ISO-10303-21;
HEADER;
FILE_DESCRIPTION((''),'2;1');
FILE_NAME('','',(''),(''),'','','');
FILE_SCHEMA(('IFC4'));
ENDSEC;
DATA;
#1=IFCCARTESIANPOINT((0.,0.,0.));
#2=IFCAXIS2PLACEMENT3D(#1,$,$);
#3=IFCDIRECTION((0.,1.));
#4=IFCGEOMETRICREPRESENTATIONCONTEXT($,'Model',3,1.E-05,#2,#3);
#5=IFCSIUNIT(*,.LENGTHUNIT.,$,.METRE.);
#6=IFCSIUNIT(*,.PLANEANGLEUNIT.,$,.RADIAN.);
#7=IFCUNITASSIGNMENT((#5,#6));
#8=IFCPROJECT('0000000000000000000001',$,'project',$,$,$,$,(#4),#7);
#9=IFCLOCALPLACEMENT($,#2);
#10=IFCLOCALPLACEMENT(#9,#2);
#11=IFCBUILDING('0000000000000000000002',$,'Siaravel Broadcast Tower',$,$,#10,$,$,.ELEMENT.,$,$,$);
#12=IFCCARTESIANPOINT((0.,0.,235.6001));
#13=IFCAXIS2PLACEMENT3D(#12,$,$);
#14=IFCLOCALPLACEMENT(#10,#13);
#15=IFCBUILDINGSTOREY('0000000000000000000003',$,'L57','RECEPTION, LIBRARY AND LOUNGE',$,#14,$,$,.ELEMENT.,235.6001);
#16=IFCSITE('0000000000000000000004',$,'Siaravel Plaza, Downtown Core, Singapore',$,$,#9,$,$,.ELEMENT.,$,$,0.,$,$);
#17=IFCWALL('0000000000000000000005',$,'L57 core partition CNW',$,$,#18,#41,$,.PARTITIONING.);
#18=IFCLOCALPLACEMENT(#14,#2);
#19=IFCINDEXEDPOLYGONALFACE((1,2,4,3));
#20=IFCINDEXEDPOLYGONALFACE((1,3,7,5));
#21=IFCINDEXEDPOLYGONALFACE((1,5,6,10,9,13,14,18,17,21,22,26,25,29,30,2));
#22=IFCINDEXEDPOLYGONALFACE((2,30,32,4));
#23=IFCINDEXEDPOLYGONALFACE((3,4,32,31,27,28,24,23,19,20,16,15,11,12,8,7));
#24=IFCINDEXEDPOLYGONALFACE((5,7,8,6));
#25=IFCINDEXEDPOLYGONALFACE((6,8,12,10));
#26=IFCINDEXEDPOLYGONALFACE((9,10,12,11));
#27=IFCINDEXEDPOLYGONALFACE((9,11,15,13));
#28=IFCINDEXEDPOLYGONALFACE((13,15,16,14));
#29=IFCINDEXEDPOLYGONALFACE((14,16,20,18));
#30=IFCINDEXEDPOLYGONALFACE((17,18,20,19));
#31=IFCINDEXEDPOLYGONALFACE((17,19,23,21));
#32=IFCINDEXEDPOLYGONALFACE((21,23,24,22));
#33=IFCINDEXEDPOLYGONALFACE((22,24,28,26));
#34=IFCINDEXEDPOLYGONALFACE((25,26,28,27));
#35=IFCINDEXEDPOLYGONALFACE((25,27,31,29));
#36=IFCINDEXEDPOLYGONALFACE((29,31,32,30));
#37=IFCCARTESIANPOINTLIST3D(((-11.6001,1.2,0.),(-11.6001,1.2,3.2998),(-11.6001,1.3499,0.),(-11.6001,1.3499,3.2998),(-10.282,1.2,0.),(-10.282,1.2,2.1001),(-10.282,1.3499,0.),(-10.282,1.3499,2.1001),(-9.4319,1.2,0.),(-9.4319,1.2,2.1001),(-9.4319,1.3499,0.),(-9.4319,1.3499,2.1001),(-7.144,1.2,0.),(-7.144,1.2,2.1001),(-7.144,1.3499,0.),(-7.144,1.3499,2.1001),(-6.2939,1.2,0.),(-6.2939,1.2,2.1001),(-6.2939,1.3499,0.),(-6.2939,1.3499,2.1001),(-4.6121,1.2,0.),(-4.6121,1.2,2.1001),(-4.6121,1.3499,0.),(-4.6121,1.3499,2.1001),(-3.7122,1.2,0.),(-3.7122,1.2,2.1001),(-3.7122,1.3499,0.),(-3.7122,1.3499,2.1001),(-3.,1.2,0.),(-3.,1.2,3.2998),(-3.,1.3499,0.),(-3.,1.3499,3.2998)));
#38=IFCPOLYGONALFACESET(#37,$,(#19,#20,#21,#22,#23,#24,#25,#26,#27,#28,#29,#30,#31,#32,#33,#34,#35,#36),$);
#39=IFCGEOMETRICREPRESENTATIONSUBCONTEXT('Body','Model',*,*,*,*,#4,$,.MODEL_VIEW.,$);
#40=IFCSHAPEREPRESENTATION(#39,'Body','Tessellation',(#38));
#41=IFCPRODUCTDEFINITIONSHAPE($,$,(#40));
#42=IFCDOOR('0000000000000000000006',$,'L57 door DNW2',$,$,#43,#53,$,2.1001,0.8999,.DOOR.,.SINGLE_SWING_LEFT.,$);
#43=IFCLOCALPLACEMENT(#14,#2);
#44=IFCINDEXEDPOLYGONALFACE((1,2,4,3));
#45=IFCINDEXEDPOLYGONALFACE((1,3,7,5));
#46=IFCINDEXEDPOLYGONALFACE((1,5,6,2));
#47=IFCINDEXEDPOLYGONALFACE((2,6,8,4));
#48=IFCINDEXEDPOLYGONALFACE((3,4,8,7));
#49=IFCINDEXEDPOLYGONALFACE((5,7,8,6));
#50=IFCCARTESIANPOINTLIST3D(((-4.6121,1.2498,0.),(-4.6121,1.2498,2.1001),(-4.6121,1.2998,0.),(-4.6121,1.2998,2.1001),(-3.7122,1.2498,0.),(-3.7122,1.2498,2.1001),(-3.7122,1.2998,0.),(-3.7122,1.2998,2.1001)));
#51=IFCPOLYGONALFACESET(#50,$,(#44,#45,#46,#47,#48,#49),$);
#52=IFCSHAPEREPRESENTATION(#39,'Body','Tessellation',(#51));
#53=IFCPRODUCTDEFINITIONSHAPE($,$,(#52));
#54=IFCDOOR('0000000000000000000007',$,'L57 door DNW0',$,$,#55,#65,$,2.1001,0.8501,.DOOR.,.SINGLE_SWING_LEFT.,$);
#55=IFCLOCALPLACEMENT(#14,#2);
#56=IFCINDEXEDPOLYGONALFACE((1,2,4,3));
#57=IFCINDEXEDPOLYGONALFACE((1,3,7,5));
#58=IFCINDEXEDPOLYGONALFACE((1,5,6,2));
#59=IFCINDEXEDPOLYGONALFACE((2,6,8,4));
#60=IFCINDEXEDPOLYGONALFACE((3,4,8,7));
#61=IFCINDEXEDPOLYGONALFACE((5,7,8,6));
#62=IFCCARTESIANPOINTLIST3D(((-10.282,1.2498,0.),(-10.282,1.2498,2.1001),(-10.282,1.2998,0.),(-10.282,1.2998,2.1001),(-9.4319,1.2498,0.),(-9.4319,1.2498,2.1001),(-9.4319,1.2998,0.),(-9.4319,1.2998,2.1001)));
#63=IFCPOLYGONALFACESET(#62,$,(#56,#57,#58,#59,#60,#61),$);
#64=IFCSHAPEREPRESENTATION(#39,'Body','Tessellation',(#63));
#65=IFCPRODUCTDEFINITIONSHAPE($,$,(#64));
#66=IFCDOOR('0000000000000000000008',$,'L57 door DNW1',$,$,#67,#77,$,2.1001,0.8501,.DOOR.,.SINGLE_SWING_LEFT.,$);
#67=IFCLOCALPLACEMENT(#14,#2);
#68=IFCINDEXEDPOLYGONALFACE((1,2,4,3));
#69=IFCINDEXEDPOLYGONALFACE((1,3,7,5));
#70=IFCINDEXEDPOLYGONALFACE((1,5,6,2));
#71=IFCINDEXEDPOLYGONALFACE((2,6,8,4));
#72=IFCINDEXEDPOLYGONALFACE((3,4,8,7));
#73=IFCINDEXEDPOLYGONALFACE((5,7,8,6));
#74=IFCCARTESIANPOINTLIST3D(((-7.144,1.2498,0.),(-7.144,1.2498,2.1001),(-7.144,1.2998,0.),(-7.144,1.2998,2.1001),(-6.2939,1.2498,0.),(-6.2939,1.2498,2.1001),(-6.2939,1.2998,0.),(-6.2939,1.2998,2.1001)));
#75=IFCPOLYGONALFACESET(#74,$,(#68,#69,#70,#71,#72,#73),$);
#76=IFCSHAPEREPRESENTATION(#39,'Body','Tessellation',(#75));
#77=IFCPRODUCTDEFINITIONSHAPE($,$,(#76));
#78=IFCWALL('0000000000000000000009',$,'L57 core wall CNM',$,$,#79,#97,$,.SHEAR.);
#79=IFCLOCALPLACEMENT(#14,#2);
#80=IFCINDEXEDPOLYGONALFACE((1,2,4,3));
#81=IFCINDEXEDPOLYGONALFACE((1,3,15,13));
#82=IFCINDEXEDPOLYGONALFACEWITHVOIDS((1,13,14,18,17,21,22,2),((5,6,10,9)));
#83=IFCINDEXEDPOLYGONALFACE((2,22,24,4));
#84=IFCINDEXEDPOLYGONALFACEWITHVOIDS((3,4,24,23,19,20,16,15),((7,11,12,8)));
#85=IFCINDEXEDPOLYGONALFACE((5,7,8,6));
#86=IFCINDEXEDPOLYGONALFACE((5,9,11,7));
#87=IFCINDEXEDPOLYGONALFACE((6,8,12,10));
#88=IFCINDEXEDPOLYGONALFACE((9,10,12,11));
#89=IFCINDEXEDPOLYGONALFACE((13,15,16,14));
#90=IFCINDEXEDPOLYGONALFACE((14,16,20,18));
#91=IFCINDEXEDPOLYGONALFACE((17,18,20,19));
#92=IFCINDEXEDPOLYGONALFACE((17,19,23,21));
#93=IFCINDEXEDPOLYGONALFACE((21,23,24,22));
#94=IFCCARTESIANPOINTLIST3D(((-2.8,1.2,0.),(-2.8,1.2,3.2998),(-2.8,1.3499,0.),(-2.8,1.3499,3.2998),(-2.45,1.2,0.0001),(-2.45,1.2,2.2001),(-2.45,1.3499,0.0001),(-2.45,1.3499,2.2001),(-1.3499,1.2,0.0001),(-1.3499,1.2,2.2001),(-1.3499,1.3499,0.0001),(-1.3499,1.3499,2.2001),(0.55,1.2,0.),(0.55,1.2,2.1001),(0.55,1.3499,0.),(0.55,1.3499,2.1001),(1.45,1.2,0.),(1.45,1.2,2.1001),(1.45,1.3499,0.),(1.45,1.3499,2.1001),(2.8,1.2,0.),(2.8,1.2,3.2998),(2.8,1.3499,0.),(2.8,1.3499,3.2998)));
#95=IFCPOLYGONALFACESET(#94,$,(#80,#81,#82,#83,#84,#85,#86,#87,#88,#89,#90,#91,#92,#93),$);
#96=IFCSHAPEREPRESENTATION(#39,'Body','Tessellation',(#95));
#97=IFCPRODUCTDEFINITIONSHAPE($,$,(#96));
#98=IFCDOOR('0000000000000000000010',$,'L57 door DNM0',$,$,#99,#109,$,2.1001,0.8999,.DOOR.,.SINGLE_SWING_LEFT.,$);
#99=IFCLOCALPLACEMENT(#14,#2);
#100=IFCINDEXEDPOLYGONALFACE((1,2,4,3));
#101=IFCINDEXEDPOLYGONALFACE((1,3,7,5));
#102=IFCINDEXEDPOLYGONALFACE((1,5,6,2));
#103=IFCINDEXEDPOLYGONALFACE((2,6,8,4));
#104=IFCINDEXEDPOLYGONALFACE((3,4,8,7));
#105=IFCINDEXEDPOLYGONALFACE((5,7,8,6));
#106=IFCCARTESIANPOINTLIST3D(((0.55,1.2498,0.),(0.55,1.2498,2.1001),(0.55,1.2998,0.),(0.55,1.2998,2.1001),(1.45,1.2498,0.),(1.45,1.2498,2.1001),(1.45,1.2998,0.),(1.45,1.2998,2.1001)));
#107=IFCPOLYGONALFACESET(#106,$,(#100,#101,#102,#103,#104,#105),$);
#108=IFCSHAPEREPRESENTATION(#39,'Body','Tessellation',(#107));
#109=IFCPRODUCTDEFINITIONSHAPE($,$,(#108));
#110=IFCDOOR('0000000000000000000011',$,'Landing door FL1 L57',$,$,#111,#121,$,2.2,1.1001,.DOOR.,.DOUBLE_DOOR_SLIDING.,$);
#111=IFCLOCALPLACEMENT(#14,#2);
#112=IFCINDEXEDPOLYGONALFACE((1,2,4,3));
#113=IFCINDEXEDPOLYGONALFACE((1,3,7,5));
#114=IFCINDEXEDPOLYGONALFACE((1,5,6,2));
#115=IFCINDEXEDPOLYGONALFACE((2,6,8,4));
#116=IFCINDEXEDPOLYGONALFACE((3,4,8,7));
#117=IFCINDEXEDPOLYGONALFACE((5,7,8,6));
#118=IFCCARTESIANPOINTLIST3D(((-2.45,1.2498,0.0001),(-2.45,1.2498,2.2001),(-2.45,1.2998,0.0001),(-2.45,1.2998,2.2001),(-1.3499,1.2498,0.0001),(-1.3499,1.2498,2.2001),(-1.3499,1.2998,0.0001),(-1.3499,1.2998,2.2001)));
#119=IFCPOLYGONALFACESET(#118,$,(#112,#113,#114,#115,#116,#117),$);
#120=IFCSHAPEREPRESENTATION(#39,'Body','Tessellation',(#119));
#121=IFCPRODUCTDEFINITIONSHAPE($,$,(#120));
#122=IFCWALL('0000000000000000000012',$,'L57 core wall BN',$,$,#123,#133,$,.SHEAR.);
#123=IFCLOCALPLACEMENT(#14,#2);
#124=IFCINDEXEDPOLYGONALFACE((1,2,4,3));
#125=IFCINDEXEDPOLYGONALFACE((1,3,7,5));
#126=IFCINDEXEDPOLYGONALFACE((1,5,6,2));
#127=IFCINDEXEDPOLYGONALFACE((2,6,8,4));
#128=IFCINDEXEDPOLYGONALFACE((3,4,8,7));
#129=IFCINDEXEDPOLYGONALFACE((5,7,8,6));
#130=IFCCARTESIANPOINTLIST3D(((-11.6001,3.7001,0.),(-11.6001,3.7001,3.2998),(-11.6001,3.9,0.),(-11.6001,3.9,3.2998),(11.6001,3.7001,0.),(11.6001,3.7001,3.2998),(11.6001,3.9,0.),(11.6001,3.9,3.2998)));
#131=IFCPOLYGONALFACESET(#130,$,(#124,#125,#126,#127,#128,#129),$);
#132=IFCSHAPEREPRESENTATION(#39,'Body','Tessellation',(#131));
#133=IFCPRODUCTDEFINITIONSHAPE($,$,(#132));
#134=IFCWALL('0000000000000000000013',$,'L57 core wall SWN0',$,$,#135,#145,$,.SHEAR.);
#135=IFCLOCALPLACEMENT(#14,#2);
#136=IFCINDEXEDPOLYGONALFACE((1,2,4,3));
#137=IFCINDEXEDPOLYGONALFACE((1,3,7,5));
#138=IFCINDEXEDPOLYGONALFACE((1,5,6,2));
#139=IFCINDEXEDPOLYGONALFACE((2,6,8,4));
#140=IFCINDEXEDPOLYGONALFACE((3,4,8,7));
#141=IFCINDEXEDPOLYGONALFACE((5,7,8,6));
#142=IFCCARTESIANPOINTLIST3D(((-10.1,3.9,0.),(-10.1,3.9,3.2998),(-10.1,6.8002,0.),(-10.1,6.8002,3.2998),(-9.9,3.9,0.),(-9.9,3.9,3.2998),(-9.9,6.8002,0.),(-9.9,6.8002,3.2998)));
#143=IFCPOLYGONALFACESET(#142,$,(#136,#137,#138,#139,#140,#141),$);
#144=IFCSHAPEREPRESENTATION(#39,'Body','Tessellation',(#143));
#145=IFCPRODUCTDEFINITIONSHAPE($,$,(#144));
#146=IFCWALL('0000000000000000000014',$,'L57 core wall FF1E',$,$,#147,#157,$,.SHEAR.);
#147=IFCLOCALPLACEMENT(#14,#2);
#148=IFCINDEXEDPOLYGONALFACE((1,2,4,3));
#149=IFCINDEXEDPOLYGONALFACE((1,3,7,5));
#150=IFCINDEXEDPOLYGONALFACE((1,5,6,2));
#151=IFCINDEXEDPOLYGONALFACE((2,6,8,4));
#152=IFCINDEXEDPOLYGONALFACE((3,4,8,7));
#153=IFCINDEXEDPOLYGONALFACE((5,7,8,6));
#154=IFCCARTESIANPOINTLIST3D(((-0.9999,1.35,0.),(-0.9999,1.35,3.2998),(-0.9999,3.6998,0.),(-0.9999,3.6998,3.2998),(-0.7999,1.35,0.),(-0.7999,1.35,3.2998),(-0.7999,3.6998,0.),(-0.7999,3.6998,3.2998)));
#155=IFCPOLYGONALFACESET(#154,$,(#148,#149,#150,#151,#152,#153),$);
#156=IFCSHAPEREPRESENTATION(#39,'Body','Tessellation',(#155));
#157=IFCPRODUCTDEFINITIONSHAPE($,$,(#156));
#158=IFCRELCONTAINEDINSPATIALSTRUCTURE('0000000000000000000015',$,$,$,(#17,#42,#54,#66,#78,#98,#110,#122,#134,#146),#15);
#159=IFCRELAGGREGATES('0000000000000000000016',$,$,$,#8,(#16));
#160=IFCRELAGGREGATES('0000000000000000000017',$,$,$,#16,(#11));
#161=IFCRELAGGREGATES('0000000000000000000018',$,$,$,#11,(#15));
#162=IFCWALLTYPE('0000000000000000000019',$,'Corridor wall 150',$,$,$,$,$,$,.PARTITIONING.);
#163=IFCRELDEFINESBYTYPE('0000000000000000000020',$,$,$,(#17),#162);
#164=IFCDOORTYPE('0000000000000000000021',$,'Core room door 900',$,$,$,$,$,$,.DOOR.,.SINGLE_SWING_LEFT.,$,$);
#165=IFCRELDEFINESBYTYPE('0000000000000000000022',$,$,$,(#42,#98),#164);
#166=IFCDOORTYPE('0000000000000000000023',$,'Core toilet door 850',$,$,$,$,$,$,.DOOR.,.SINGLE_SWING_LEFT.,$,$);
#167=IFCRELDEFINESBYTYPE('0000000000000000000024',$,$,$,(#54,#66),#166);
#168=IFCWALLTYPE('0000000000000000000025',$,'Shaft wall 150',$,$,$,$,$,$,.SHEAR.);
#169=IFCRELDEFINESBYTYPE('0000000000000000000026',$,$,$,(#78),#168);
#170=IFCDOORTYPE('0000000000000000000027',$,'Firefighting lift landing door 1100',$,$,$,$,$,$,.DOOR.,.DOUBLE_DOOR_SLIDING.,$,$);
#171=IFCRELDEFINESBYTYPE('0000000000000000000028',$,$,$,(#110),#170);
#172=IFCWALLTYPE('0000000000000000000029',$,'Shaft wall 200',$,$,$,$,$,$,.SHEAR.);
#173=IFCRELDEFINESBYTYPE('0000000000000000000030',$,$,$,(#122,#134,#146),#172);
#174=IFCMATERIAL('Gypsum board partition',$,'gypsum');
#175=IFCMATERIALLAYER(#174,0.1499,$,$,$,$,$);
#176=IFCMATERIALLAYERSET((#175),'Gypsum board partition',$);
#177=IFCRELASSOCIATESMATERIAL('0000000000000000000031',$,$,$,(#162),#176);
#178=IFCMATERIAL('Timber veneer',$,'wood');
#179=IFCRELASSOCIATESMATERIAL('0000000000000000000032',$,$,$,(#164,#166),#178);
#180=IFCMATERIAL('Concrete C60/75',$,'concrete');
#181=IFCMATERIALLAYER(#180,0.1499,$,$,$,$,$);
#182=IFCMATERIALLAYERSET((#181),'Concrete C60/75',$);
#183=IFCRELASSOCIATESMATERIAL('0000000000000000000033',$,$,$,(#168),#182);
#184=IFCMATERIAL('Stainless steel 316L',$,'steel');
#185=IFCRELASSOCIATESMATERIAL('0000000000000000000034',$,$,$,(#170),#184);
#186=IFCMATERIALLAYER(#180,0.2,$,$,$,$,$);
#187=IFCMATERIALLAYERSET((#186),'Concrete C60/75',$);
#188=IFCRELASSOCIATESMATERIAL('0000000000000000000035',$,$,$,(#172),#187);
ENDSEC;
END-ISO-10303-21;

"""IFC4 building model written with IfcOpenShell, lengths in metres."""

from ifc_helpers import new_model, si_unit, direction, frame, frame_2d, origin, place, context, subcontext, project, spatial, rectangle, extrude, material, layer, layer_set, type_object, element, fill, save


model = new_model("IFC4")

# Units and contexts
model_context = context("Model", 3, precision=1e-05, world=origin(), true_north=direction((0.0, 1.0)))
body_context = subcontext(model_context, "Body", "Model", "MODEL_VIEW")
ifc_project = project(units=[si_unit("LENGTHUNIT", "METRE"), si_unit("PLANEANGLEUNIT", "RADIAN")], contexts=[model_context])

# Site, building, storey
site_placement = place(None, origin())
site = spatial("IfcSite", under=ifc_project, at=site_placement, Name="Siaravel Plaza, Downtown Core, Singapore", CompositionType="ELEMENT", RefElevation=0.0)
building_placement = place(site_placement, origin())
building = spatial("IfcBuilding", under=site, at=building_placement, Name="Siaravel Broadcast Tower", CompositionType="ELEMENT")
storey_placement = place(building_placement, frame((0.0, 0.0, 235.6001)))
storey = spatial("IfcBuildingStorey", under=building, at=storey_placement, Name="L57", Description="RECEPTION, LIBRARY AND LOUNGE", CompositionType="ELEMENT", Elevation=235.6001)

# Walls, openings, doors
ifc_material_1 = material(Name="Gypsum board partition", Category="gypsum")
ifc_layer_1 = layer(ifc_material_1, 0.1499)
ifc_layer_set_1 = layer_set([ifc_layer_1], Name="Gypsum board partition")
wall_type_1 = type_object("IfcWallType", Name="Corridor wall 150", PredefinedType="PARTITIONING", material=ifc_layer_set_1)
wall_1_placement = place(storey_placement, frame((-11.6001, 1.2749, 0.0), z_axis=(0.0, 0.0, 1.0), x_axis=(1.0, 0.0, 0.0)))
wall_1 = element("IfcWall", 1, at=wall_1_placement, inside=storey, type_object=wall_type_1, Name="L57 core partition CNW", PredefinedType="PARTITIONING", context=body_context, shape_type="SweptSolid", body=[
    extrude(rectangle(XDim=8.6001, YDim=0.1499, at=frame_2d((4.3, 0.0))), origin(), (0.0, 0.0, 1.0), 3.2998),
])
opening_1_placement = place(wall_1_placement, frame((1.3181, 0.0, 0.0)))
opening_1 = element("IfcOpeningElement", 2, at=opening_1_placement, cuts=wall_1, PredefinedType="OPENING", context=body_context, shape_type="SweptSolid", body=[
    extrude(rectangle(XDim=0.8501, YDim=2.1001, at=frame_2d((0.425, 1.05))), frame((0.0, 0.085, 0.0), z_axis=(0.0, -1.0, 0.0), x_axis=(1.0, 0.0, 0.0)), (0.0, 0.0, 1.0), 0.1699),
])
opening_2_placement = place(wall_1_placement, frame((4.4561, 0.0, 0.0)))
opening_2 = element("IfcOpeningElement", 3, at=opening_2_placement, cuts=wall_1, PredefinedType="OPENING", context=body_context, shape_type="SweptSolid", body=[
    extrude(rectangle(XDim=0.8501, YDim=2.1001, at=frame_2d((0.425, 1.05))), frame((0.0, 0.085, 0.0), z_axis=(0.0, -1.0, 0.0), x_axis=(1.0, 0.0, 0.0)), (0.0, 0.0, 1.0), 0.1699),
])
opening_3_placement = place(wall_1_placement, frame((6.988, 0.0, 0.0)))
opening_3 = element("IfcOpeningElement", 4, at=opening_3_placement, cuts=wall_1, PredefinedType="OPENING", context=body_context, shape_type="SweptSolid", body=[
    extrude(rectangle(XDim=0.8999, YDim=2.1001, at=frame_2d((0.45, 1.05))), frame((0.0, 0.085, 0.0), z_axis=(0.0, -1.0, 0.0), x_axis=(1.0, 0.0, 0.0)), (0.0, 0.0, 1.0), 0.1699),
])
ifc_material_2 = material(Name="Timber veneer", Category="wood")
door_type_1 = type_object("IfcDoorType", Name="Core room door 900", OperationType="SINGLE_SWING_LEFT", PredefinedType="DOOR", material=ifc_material_2)
door_1_placement = place(opening_3_placement, origin())
door_1 = element("IfcDoor", 5, at=door_1_placement, inside=storey, type_object=door_type_1, Name="L57 door DNW2", OperationType="SINGLE_SWING_LEFT", OverallHeight=2.1001, OverallWidth=0.8999, PredefinedType="DOOR", context=body_context, shape_type="SweptSolid", body=[
    extrude(rectangle(XDim=0.8999, YDim=2.1001, at=frame_2d((0.45, 1.05))), frame((0.0, 0.0249, 0.0), z_axis=(0.0, -1.0, 0.0), x_axis=(1.0, 0.0, 0.0)), (0.0, 0.0, 1.0), 0.05),
])
fill(opening_3, door_1)
door_type_2 = type_object("IfcDoorType", Name="Core toilet door 850", OperationType="SINGLE_SWING_LEFT", PredefinedType="DOOR", material=ifc_material_2)
door_2_placement = place(opening_1_placement, origin())
door_2 = element("IfcDoor", 6, at=door_2_placement, inside=storey, type_object=door_type_2, Name="L57 door DNW0", OperationType="SINGLE_SWING_LEFT", OverallHeight=2.1001, OverallWidth=0.8501, PredefinedType="DOOR", context=body_context, shape_type="SweptSolid", body=[
    extrude(rectangle(XDim=0.8501, YDim=2.1001, at=frame_2d((0.425, 1.05))), frame((0.0, 0.0249, 0.0), z_axis=(0.0, -1.0, 0.0), x_axis=(1.0, 0.0, 0.0)), (0.0, 0.0, 1.0), 0.05),
])
fill(opening_1, door_2)
door_3_placement = place(opening_2_placement, origin())
door_3 = element("IfcDoor", 7, at=door_3_placement, inside=storey, type_object=door_type_2, Name="L57 door DNW1", OperationType="SINGLE_SWING_LEFT", OverallHeight=2.1001, OverallWidth=0.8501, PredefinedType="DOOR", context=body_context, shape_type="SweptSolid", body=[
    extrude(rectangle(XDim=0.8501, YDim=2.1001, at=frame_2d((0.425, 1.05))), frame((0.0, 0.0249, 0.0), z_axis=(0.0, -1.0, 0.0), x_axis=(1.0, 0.0, 0.0)), (0.0, 0.0, 1.0), 0.05),
])
fill(opening_2, door_3)
ifc_material_3 = material(Name="Concrete C60/75", Category="concrete")
ifc_layer_2 = layer(ifc_material_3, 0.1499)
ifc_layer_set_2 = layer_set([ifc_layer_2], Name="Concrete C60/75")
wall_type_2 = type_object("IfcWallType", Name="Shaft wall 150", PredefinedType="SHEAR", material=ifc_layer_set_2)
wall_2_placement = place(storey_placement, frame((-2.8, 1.2749, 0.0), z_axis=(0.0, 0.0, 1.0), x_axis=(1.0, 0.0, 0.0)))
wall_2 = element("IfcWall", 8, at=wall_2_placement, inside=storey, type_object=wall_type_2, Name="L57 core wall CNM", PredefinedType="SHEAR", context=body_context, shape_type="SweptSolid", body=[
    extrude(rectangle(XDim=5.6001, YDim=0.1499, at=frame_2d((2.8, 0.0))), origin(), (0.0, 0.0, 1.0), 3.2998),
])
opening_4_placement = place(wall_2_placement, frame((0.3501, 0.0, 0.0)))
opening_4 = element("IfcOpeningElement", 9, at=opening_4_placement, cuts=wall_2, PredefinedType="OPENING", context=body_context, shape_type="SweptSolid", body=[
    extrude(rectangle(XDim=1.1001, YDim=2.2, at=frame_2d((0.55, 1.1001))), frame((0.0, 0.085, 0.0), z_axis=(0.0, -1.0, 0.0), x_axis=(1.0, 0.0, 0.0)), (0.0, 0.0, 1.0), 0.1699),
])
opening_5_placement = place(wall_2_placement, frame((3.3501, 0.0, 0.0)))
opening_5 = element("IfcOpeningElement", 10, at=opening_5_placement, cuts=wall_2, PredefinedType="OPENING", context=body_context, shape_type="SweptSolid", body=[
    extrude(rectangle(XDim=0.8999, YDim=2.1001, at=frame_2d((0.45, 1.05))), frame((0.0, 0.085, 0.0), z_axis=(0.0, -1.0, 0.0), x_axis=(1.0, 0.0, 0.0)), (0.0, 0.0, 1.0), 0.1699),
])
door_4_placement = place(opening_5_placement, origin())
door_4 = element("IfcDoor", 11, at=door_4_placement, inside=storey, type_object=door_type_1, Name="L57 door DNM0", OperationType="SINGLE_SWING_LEFT", OverallHeight=2.1001, OverallWidth=0.8999, PredefinedType="DOOR", context=body_context, shape_type="SweptSolid", body=[
    extrude(rectangle(XDim=0.8999, YDim=2.1001, at=frame_2d((0.45, 1.05))), frame((0.0, 0.0249, 0.0), z_axis=(0.0, -1.0, 0.0), x_axis=(1.0, 0.0, 0.0)), (0.0, 0.0, 1.0), 0.05),
])
fill(opening_5, door_4)
ifc_material_4 = material(Name="Stainless steel 316L", Category="steel")
door_type_3 = type_object("IfcDoorType", Name="Firefighting lift landing door 1100", OperationType="DOUBLE_DOOR_SLIDING", PredefinedType="DOOR", material=ifc_material_4)
door_5_placement = place(opening_4_placement, origin())
door_5 = element("IfcDoor", 12, at=door_5_placement, inside=storey, type_object=door_type_3, Name="Landing door FL1 L57", OperationType="DOUBLE_DOOR_SLIDING", OverallHeight=2.2, OverallWidth=1.1001, PredefinedType="DOOR", context=body_context, shape_type="SweptSolid", body=[
    extrude(rectangle(XDim=1.1001, YDim=2.2, at=frame_2d((0.55, 1.1001))), frame((0.0, 0.0249, 0.0), z_axis=(0.0, -1.0, 0.0), x_axis=(1.0, 0.0, 0.0)), (0.0, 0.0, 1.0), 0.05),
])
fill(opening_4, door_5)

# Walls
ifc_layer_3 = layer(ifc_material_3, 0.2)
ifc_layer_set_3 = layer_set([ifc_layer_3], Name="Concrete C60/75")
wall_type_3 = type_object("IfcWallType", Name="Shaft wall 200", PredefinedType="SHEAR", material=ifc_layer_set_3)
wall_3_placement = place(storey_placement, frame((-11.6001, 3.8, 0.0), z_axis=(0.0, 0.0, 1.0), x_axis=(1.0, 0.0, 0.0)))
element("IfcWall", 13, at=wall_3_placement, inside=storey, type_object=wall_type_3, Name="L57 core wall BN", PredefinedType="SHEAR", context=body_context, shape_type="SweptSolid", body=[
    extrude(rectangle(XDim=23.2002, YDim=0.2, at=frame_2d((11.6001, 0.0))), origin(), (0.0, 0.0, 1.0), 3.2998),
])
wall_4_placement = place(storey_placement, frame((-10.0, 3.8999, 0.0), z_axis=(0.0, 0.0, 1.0), x_axis=(0.0, 1.0, 0.0)))
element("IfcWall", 14, at=wall_4_placement, inside=storey, type_object=wall_type_3, Name="L57 core wall SWN0", PredefinedType="SHEAR", context=body_context, shape_type="SweptSolid", body=[
    extrude(rectangle(XDim=2.9001, YDim=0.2, at=frame_2d((1.4502, 0.0))), origin(), (0.0, 0.0, 1.0), 3.2998),
])
wall_5_placement = place(storey_placement, frame((-0.8999, 1.3501, 0.0), z_axis=(0.0, 0.0, 1.0), x_axis=(0.0, 1.0, 0.0)))
element("IfcWall", 15, at=wall_5_placement, inside=storey, type_object=wall_type_3, Name="L57 core wall FF1E", PredefinedType="SHEAR", context=body_context, shape_type="SweptSolid", body=[
    extrude(rectangle(XDim=2.3499, YDim=0.2, at=frame_2d((1.1748, 0.0))), origin(), (0.0, 0.0, 1.0), 3.2998),
])

save(model, "model.ifc")
